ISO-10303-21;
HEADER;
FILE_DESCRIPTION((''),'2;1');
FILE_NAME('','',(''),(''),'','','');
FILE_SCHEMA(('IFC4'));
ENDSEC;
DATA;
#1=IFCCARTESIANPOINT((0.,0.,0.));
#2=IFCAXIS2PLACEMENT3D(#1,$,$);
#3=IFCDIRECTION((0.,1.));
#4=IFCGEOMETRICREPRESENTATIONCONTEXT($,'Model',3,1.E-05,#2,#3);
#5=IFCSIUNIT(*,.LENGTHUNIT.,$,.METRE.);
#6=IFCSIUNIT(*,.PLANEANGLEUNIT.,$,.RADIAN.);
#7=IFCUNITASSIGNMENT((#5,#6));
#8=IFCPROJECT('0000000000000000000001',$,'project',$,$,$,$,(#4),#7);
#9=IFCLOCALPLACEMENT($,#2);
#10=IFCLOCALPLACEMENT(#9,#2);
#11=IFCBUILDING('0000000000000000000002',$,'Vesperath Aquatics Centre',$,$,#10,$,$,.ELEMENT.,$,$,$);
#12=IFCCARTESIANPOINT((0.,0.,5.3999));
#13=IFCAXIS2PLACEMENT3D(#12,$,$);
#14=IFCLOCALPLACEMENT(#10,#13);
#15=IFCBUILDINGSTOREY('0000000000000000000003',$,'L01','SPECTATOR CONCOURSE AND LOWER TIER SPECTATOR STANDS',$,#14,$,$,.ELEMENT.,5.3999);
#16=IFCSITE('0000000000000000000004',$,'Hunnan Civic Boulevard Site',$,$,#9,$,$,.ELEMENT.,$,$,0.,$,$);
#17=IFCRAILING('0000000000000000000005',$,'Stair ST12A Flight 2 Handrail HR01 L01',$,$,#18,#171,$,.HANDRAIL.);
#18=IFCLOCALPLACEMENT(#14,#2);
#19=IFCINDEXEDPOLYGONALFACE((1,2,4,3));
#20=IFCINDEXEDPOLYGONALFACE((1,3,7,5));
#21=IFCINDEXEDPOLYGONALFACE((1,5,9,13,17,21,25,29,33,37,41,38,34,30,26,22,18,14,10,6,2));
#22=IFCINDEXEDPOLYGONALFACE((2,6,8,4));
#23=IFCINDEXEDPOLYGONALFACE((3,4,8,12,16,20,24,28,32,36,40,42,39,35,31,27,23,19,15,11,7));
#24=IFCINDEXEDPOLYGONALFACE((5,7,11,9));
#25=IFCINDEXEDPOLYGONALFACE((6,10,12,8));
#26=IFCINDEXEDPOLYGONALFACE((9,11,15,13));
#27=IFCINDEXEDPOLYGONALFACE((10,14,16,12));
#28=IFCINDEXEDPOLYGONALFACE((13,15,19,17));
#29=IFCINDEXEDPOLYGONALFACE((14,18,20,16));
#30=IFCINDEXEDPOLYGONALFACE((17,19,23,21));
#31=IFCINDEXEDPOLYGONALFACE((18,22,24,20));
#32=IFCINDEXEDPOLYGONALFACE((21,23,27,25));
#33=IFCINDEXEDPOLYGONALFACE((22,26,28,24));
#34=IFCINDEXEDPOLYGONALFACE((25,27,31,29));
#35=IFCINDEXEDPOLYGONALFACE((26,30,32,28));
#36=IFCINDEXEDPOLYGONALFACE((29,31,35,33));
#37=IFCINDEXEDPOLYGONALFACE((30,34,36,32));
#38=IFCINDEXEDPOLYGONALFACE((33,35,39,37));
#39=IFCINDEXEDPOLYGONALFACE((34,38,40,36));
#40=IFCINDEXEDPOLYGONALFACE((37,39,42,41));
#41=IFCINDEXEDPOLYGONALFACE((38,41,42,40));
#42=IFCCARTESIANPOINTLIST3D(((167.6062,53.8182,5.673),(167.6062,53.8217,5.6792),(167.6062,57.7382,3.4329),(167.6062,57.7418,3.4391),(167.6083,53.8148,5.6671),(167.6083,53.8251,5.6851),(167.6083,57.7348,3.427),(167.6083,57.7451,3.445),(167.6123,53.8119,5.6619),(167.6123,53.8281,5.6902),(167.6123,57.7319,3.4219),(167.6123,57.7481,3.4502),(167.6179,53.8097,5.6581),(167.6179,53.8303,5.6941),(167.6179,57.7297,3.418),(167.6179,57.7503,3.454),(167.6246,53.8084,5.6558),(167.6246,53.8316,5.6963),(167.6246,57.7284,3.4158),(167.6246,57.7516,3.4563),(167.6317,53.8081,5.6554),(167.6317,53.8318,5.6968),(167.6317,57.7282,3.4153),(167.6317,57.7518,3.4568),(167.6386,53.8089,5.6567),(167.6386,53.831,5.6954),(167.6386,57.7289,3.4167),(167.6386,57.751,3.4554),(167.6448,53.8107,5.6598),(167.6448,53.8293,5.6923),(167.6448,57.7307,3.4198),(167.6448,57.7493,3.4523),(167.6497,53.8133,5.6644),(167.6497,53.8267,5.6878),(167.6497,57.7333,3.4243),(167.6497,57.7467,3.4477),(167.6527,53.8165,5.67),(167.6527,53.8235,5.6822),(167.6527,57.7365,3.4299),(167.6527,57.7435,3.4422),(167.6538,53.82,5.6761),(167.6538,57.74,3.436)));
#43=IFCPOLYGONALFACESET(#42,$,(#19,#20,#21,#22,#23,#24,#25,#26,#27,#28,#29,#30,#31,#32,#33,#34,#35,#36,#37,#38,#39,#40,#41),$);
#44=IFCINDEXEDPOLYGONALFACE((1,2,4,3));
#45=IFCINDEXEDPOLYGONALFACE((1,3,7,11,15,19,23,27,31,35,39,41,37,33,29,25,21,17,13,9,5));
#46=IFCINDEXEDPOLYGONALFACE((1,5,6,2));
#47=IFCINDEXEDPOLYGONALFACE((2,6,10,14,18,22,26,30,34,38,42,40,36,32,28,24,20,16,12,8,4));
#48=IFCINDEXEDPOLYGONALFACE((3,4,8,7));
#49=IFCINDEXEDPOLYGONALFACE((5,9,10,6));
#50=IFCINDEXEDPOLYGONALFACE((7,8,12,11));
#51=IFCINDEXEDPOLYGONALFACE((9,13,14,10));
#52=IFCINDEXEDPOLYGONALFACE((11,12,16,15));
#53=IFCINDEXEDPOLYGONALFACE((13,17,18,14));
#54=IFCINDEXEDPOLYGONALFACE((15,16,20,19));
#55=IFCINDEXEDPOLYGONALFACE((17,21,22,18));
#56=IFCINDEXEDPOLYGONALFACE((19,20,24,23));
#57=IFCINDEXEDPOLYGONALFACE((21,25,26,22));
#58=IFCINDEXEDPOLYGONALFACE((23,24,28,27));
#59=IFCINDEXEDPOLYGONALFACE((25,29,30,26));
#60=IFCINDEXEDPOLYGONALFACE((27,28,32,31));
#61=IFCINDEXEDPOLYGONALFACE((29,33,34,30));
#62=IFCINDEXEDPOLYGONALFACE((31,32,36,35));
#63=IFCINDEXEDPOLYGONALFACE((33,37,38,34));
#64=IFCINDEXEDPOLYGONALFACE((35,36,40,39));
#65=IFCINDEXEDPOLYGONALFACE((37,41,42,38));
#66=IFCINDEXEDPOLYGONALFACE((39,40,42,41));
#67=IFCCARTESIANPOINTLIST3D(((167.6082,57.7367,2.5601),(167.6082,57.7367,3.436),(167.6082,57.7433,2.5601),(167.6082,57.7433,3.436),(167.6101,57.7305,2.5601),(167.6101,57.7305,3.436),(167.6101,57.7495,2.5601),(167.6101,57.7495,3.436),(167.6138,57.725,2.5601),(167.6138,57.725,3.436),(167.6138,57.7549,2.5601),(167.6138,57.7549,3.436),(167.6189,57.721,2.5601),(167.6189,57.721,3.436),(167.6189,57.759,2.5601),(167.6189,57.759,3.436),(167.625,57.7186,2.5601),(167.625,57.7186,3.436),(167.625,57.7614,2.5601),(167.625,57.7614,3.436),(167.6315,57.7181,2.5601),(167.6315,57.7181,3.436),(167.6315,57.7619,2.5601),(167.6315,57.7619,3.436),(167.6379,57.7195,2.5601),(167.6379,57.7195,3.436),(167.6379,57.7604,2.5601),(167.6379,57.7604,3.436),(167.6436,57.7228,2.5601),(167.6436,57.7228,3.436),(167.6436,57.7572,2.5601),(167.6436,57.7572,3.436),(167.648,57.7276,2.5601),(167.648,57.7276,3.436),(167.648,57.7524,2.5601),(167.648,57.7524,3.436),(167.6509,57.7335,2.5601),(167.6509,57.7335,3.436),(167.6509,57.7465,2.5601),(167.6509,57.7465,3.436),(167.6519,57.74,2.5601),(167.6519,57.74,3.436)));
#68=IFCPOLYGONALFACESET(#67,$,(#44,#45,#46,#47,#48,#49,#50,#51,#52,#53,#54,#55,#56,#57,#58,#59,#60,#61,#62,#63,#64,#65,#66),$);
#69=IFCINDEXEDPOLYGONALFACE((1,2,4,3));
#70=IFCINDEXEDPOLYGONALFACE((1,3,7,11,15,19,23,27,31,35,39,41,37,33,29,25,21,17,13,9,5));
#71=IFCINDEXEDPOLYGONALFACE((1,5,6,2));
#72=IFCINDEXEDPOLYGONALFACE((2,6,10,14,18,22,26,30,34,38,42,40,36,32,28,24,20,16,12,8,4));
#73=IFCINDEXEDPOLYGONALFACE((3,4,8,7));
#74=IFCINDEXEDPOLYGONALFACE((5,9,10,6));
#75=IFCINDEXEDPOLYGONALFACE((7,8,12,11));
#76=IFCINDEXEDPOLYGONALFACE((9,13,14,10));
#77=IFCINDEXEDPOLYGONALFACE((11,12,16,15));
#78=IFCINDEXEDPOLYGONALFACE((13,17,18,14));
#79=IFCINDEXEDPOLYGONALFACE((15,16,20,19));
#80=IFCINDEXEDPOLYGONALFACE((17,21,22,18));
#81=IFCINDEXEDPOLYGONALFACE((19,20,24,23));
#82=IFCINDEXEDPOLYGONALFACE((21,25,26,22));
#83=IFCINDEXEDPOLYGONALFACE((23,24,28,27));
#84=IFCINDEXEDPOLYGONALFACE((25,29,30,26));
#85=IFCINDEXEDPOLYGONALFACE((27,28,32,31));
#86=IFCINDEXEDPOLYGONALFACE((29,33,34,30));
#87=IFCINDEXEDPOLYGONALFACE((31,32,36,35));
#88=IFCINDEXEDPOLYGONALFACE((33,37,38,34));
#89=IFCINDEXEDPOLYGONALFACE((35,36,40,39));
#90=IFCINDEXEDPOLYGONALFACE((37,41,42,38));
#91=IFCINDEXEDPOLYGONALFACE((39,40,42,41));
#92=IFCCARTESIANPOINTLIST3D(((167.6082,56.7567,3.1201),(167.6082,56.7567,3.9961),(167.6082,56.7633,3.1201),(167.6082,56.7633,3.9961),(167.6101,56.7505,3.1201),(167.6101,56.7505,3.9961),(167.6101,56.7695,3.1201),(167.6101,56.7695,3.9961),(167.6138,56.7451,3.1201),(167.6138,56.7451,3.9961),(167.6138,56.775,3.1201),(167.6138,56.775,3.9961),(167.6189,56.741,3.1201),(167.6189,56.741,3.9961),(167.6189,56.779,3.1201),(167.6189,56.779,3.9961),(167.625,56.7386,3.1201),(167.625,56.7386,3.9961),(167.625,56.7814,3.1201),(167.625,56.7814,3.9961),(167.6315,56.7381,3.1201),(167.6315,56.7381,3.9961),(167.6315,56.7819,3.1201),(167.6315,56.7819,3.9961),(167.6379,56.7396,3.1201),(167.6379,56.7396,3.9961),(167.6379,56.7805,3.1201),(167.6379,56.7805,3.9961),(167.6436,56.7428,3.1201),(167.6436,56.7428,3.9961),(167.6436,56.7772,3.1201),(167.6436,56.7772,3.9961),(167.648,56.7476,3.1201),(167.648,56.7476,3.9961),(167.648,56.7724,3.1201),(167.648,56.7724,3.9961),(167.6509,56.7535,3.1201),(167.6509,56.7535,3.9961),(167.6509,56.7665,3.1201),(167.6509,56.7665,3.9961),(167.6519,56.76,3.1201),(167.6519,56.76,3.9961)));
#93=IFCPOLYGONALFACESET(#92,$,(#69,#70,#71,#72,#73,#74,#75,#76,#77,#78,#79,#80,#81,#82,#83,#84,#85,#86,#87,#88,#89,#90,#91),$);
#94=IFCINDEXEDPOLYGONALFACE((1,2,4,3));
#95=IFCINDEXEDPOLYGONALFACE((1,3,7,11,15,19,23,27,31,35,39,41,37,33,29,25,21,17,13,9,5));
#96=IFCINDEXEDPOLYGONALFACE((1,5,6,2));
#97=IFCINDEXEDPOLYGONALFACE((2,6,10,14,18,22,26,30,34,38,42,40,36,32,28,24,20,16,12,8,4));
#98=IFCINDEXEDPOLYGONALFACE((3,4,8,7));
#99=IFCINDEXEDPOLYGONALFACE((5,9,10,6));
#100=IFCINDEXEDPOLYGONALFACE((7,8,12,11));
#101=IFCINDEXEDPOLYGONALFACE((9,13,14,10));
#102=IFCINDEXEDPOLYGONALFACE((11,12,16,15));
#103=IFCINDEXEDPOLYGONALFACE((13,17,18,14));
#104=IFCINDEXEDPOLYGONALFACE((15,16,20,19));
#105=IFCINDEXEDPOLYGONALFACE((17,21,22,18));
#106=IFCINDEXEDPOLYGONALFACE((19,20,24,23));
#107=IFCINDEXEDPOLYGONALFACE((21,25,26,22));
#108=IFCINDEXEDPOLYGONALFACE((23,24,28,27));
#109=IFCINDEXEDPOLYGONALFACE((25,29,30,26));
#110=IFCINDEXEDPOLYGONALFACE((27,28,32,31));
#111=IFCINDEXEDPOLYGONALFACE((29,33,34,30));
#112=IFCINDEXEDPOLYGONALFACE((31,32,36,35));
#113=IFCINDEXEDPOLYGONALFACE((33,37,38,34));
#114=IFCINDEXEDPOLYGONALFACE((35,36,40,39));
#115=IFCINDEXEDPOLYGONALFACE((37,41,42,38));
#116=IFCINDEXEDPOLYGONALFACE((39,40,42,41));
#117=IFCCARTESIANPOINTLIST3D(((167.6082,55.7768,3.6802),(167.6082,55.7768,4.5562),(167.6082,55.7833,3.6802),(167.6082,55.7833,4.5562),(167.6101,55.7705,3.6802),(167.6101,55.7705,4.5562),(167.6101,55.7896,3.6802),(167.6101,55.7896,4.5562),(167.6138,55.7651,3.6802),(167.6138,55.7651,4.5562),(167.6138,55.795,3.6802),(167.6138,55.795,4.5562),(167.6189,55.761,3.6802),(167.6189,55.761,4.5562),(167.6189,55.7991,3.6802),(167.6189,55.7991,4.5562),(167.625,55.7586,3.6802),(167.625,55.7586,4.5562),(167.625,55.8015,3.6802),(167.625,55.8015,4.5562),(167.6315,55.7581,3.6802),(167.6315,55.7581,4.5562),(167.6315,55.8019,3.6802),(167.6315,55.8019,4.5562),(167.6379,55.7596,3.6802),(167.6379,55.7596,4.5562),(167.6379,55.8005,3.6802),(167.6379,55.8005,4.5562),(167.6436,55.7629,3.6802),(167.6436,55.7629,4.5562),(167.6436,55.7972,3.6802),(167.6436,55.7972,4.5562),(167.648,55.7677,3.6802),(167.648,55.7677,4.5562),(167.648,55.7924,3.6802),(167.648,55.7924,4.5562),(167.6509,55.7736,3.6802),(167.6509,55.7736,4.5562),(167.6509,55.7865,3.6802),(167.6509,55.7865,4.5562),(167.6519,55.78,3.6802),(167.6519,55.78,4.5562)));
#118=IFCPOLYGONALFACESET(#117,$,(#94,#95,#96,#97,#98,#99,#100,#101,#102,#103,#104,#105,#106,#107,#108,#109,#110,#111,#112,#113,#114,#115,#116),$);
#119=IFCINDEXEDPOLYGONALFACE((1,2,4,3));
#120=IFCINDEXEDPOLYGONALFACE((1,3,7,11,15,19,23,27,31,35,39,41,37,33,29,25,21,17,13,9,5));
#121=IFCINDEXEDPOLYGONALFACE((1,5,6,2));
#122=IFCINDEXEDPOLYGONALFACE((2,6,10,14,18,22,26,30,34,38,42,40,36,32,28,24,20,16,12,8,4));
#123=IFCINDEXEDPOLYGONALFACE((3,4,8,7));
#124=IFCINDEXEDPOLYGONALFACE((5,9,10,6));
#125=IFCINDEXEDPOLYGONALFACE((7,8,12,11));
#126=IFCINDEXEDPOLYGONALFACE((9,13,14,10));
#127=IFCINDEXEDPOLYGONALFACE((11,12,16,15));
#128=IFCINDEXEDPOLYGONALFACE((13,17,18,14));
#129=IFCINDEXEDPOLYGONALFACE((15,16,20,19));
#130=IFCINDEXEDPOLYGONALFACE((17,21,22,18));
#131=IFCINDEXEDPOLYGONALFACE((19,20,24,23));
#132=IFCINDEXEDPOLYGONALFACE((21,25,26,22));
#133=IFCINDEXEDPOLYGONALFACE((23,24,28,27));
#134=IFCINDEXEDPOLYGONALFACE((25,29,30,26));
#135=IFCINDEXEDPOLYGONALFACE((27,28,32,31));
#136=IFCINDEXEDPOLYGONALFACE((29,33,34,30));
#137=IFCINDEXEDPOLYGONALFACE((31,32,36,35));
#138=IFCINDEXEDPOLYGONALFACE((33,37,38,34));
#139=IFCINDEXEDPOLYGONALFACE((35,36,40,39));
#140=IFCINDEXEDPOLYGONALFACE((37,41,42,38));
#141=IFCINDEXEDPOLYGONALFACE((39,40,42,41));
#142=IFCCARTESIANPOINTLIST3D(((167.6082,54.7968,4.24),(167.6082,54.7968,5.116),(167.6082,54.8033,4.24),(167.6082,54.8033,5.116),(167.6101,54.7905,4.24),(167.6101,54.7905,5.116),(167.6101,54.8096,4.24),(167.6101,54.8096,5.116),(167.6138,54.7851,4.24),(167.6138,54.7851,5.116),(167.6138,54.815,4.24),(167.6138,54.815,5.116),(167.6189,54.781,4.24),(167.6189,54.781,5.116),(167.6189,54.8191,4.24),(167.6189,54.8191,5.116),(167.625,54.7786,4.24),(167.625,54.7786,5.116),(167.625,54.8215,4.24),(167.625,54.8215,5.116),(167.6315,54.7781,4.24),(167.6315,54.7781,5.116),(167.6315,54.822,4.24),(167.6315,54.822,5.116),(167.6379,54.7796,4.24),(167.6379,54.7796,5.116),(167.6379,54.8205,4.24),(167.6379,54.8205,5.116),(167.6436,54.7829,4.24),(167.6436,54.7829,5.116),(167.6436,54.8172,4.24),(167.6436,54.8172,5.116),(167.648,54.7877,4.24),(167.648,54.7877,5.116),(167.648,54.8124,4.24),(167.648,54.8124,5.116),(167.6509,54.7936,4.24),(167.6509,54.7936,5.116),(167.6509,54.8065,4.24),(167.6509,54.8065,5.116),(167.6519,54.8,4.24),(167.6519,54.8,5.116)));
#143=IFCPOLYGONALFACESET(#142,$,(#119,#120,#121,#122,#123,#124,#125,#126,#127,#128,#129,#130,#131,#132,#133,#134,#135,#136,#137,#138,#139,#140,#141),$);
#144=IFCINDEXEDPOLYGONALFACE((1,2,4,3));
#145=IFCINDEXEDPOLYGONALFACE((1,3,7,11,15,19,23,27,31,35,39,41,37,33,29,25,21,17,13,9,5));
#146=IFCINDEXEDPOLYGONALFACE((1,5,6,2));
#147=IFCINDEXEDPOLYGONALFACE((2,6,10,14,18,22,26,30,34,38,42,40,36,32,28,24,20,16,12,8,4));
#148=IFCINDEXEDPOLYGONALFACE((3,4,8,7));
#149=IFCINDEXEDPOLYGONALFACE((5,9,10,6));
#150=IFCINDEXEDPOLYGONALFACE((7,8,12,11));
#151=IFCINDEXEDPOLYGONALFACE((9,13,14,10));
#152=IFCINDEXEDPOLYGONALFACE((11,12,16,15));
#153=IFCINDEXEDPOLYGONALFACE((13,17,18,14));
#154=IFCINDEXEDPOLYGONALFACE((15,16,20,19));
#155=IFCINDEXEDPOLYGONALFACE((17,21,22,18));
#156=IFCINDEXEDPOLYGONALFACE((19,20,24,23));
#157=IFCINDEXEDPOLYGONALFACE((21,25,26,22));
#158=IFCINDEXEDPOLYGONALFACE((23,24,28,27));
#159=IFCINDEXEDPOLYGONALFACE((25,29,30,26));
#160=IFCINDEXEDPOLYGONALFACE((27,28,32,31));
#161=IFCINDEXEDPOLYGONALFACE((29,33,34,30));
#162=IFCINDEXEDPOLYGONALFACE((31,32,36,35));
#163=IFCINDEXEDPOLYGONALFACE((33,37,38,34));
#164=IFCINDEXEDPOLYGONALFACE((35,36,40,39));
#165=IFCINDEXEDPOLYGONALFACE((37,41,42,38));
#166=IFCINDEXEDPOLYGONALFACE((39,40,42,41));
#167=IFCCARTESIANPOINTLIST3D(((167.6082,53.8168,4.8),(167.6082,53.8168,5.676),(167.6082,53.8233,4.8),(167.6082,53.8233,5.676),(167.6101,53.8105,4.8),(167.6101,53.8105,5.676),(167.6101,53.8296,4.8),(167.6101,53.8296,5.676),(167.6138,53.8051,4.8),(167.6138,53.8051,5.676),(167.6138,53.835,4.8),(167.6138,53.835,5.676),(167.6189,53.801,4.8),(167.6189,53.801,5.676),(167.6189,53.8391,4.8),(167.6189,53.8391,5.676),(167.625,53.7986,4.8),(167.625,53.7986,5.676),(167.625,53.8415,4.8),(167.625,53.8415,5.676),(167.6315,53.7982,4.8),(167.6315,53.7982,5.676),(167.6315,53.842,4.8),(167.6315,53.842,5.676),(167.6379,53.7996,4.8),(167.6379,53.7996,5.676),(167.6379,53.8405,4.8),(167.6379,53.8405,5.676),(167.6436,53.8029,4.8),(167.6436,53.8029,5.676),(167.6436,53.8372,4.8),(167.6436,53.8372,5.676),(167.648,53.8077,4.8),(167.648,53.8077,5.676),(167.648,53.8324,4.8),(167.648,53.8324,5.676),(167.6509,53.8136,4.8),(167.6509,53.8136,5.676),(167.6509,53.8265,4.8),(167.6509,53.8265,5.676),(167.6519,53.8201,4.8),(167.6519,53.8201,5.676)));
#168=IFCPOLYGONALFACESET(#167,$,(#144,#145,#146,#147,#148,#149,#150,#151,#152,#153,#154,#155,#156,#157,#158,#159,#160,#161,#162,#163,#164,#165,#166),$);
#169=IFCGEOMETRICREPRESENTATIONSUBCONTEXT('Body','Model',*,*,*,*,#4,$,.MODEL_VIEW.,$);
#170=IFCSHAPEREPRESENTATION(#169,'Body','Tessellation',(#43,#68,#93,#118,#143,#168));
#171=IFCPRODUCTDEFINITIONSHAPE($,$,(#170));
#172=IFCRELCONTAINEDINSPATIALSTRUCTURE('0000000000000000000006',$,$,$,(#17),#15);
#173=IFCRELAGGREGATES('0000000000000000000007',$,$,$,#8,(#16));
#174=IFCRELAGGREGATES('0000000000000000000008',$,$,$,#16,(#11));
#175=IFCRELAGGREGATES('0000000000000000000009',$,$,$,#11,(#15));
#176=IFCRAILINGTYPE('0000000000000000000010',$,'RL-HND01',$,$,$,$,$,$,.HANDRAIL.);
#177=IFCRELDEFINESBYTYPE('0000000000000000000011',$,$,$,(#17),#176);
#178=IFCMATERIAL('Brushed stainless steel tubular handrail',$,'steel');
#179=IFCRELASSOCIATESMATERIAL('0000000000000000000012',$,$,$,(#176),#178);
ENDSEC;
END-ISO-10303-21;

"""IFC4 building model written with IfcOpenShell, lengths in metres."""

from ifc_helpers import new_model, si_unit, direction, frame, origin, origin_2d, place, context, subcontext, project, spatial, circle, extrude, material, type_object, element, save


model = new_model("IFC4")

# Units and contexts
model_context = context("Model", 3, precision=1e-05, world=origin(), true_north=direction((0.0, 1.0)))
body_context = subcontext(model_context, "Body", "Model", "MODEL_VIEW")
ifc_project = project(units=[si_unit("LENGTHUNIT", "METRE"), si_unit("PLANEANGLEUNIT", "RADIAN")], contexts=[model_context])

# Site, building, storey
site_placement = place(None, origin())
site = spatial("IfcSite", under=ifc_project, at=site_placement, Name="Hunnan Civic Boulevard Site", CompositionType="ELEMENT", RefElevation=0.0)
building_placement = place(site_placement, origin())
building = spatial("IfcBuilding", under=site, at=building_placement, Name="Vesperath Aquatics Centre", CompositionType="ELEMENT")
storey_placement = place(building_placement, frame((0.0, 0.0, 5.3999)))
storey = spatial("IfcBuildingStorey", under=building, at=storey_placement, Name="L01", Description="SPECTATOR CONCOURSE AND LOWER TIER SPECTATOR STANDS", CompositionType="ELEMENT", Elevation=5.3999)

# Railing
ifc_material_1 = material(Name="Brushed stainless steel tubular handrail", Category="steel")
railing_type_1 = type_object("IfcRailingType", Name="RL-HND01", PredefinedType="HANDRAIL", material=ifc_material_1)
railing_1_placement = place(storey_placement, frame((167.6299, 57.74, 2.5601)))
element("IfcRailing", 1, at=railing_1_placement, inside=storey, type_object=railing_type_1, Name="Stair ST12A Flight 2 Handrail HR01 L01", PredefinedType="HANDRAIL", context=body_context, shape_type="SweptSolid", body=[
    extrude(circle(Radius=0.0239, at=origin_2d()), frame((0.0, 0.0, 0.876), z_axis=(0.0, -0.86824, 0.496145), x_axis=(1.0, 0.0, 0.0)), (0.0, 0.0, 1.0), 4.5149),
    extrude(circle(Radius=0.022, at=origin_2d()), origin(), (0.0, 0.0, 1.0), 0.876),
    extrude(circle(Radius=0.022, at=origin_2d()), frame((0.0, -0.98, 0.5601)), (0.0, 0.0, 1.0), 0.876),
    extrude(circle(Radius=0.022, at=origin_2d()), frame((0.0, -1.96, 1.1201)), (0.0, 0.0, 1.0), 0.876),
    extrude(circle(Radius=0.022, at=origin_2d()), frame((0.0, -2.9399, 1.6799)), (0.0, 0.0, 1.0), 0.876),
    extrude(circle(Radius=0.022, at=origin_2d()), frame((0.0, -3.9199, 2.24)), (0.0, 0.0, 1.0), 0.876),
])

save(model, "model.ifc")
